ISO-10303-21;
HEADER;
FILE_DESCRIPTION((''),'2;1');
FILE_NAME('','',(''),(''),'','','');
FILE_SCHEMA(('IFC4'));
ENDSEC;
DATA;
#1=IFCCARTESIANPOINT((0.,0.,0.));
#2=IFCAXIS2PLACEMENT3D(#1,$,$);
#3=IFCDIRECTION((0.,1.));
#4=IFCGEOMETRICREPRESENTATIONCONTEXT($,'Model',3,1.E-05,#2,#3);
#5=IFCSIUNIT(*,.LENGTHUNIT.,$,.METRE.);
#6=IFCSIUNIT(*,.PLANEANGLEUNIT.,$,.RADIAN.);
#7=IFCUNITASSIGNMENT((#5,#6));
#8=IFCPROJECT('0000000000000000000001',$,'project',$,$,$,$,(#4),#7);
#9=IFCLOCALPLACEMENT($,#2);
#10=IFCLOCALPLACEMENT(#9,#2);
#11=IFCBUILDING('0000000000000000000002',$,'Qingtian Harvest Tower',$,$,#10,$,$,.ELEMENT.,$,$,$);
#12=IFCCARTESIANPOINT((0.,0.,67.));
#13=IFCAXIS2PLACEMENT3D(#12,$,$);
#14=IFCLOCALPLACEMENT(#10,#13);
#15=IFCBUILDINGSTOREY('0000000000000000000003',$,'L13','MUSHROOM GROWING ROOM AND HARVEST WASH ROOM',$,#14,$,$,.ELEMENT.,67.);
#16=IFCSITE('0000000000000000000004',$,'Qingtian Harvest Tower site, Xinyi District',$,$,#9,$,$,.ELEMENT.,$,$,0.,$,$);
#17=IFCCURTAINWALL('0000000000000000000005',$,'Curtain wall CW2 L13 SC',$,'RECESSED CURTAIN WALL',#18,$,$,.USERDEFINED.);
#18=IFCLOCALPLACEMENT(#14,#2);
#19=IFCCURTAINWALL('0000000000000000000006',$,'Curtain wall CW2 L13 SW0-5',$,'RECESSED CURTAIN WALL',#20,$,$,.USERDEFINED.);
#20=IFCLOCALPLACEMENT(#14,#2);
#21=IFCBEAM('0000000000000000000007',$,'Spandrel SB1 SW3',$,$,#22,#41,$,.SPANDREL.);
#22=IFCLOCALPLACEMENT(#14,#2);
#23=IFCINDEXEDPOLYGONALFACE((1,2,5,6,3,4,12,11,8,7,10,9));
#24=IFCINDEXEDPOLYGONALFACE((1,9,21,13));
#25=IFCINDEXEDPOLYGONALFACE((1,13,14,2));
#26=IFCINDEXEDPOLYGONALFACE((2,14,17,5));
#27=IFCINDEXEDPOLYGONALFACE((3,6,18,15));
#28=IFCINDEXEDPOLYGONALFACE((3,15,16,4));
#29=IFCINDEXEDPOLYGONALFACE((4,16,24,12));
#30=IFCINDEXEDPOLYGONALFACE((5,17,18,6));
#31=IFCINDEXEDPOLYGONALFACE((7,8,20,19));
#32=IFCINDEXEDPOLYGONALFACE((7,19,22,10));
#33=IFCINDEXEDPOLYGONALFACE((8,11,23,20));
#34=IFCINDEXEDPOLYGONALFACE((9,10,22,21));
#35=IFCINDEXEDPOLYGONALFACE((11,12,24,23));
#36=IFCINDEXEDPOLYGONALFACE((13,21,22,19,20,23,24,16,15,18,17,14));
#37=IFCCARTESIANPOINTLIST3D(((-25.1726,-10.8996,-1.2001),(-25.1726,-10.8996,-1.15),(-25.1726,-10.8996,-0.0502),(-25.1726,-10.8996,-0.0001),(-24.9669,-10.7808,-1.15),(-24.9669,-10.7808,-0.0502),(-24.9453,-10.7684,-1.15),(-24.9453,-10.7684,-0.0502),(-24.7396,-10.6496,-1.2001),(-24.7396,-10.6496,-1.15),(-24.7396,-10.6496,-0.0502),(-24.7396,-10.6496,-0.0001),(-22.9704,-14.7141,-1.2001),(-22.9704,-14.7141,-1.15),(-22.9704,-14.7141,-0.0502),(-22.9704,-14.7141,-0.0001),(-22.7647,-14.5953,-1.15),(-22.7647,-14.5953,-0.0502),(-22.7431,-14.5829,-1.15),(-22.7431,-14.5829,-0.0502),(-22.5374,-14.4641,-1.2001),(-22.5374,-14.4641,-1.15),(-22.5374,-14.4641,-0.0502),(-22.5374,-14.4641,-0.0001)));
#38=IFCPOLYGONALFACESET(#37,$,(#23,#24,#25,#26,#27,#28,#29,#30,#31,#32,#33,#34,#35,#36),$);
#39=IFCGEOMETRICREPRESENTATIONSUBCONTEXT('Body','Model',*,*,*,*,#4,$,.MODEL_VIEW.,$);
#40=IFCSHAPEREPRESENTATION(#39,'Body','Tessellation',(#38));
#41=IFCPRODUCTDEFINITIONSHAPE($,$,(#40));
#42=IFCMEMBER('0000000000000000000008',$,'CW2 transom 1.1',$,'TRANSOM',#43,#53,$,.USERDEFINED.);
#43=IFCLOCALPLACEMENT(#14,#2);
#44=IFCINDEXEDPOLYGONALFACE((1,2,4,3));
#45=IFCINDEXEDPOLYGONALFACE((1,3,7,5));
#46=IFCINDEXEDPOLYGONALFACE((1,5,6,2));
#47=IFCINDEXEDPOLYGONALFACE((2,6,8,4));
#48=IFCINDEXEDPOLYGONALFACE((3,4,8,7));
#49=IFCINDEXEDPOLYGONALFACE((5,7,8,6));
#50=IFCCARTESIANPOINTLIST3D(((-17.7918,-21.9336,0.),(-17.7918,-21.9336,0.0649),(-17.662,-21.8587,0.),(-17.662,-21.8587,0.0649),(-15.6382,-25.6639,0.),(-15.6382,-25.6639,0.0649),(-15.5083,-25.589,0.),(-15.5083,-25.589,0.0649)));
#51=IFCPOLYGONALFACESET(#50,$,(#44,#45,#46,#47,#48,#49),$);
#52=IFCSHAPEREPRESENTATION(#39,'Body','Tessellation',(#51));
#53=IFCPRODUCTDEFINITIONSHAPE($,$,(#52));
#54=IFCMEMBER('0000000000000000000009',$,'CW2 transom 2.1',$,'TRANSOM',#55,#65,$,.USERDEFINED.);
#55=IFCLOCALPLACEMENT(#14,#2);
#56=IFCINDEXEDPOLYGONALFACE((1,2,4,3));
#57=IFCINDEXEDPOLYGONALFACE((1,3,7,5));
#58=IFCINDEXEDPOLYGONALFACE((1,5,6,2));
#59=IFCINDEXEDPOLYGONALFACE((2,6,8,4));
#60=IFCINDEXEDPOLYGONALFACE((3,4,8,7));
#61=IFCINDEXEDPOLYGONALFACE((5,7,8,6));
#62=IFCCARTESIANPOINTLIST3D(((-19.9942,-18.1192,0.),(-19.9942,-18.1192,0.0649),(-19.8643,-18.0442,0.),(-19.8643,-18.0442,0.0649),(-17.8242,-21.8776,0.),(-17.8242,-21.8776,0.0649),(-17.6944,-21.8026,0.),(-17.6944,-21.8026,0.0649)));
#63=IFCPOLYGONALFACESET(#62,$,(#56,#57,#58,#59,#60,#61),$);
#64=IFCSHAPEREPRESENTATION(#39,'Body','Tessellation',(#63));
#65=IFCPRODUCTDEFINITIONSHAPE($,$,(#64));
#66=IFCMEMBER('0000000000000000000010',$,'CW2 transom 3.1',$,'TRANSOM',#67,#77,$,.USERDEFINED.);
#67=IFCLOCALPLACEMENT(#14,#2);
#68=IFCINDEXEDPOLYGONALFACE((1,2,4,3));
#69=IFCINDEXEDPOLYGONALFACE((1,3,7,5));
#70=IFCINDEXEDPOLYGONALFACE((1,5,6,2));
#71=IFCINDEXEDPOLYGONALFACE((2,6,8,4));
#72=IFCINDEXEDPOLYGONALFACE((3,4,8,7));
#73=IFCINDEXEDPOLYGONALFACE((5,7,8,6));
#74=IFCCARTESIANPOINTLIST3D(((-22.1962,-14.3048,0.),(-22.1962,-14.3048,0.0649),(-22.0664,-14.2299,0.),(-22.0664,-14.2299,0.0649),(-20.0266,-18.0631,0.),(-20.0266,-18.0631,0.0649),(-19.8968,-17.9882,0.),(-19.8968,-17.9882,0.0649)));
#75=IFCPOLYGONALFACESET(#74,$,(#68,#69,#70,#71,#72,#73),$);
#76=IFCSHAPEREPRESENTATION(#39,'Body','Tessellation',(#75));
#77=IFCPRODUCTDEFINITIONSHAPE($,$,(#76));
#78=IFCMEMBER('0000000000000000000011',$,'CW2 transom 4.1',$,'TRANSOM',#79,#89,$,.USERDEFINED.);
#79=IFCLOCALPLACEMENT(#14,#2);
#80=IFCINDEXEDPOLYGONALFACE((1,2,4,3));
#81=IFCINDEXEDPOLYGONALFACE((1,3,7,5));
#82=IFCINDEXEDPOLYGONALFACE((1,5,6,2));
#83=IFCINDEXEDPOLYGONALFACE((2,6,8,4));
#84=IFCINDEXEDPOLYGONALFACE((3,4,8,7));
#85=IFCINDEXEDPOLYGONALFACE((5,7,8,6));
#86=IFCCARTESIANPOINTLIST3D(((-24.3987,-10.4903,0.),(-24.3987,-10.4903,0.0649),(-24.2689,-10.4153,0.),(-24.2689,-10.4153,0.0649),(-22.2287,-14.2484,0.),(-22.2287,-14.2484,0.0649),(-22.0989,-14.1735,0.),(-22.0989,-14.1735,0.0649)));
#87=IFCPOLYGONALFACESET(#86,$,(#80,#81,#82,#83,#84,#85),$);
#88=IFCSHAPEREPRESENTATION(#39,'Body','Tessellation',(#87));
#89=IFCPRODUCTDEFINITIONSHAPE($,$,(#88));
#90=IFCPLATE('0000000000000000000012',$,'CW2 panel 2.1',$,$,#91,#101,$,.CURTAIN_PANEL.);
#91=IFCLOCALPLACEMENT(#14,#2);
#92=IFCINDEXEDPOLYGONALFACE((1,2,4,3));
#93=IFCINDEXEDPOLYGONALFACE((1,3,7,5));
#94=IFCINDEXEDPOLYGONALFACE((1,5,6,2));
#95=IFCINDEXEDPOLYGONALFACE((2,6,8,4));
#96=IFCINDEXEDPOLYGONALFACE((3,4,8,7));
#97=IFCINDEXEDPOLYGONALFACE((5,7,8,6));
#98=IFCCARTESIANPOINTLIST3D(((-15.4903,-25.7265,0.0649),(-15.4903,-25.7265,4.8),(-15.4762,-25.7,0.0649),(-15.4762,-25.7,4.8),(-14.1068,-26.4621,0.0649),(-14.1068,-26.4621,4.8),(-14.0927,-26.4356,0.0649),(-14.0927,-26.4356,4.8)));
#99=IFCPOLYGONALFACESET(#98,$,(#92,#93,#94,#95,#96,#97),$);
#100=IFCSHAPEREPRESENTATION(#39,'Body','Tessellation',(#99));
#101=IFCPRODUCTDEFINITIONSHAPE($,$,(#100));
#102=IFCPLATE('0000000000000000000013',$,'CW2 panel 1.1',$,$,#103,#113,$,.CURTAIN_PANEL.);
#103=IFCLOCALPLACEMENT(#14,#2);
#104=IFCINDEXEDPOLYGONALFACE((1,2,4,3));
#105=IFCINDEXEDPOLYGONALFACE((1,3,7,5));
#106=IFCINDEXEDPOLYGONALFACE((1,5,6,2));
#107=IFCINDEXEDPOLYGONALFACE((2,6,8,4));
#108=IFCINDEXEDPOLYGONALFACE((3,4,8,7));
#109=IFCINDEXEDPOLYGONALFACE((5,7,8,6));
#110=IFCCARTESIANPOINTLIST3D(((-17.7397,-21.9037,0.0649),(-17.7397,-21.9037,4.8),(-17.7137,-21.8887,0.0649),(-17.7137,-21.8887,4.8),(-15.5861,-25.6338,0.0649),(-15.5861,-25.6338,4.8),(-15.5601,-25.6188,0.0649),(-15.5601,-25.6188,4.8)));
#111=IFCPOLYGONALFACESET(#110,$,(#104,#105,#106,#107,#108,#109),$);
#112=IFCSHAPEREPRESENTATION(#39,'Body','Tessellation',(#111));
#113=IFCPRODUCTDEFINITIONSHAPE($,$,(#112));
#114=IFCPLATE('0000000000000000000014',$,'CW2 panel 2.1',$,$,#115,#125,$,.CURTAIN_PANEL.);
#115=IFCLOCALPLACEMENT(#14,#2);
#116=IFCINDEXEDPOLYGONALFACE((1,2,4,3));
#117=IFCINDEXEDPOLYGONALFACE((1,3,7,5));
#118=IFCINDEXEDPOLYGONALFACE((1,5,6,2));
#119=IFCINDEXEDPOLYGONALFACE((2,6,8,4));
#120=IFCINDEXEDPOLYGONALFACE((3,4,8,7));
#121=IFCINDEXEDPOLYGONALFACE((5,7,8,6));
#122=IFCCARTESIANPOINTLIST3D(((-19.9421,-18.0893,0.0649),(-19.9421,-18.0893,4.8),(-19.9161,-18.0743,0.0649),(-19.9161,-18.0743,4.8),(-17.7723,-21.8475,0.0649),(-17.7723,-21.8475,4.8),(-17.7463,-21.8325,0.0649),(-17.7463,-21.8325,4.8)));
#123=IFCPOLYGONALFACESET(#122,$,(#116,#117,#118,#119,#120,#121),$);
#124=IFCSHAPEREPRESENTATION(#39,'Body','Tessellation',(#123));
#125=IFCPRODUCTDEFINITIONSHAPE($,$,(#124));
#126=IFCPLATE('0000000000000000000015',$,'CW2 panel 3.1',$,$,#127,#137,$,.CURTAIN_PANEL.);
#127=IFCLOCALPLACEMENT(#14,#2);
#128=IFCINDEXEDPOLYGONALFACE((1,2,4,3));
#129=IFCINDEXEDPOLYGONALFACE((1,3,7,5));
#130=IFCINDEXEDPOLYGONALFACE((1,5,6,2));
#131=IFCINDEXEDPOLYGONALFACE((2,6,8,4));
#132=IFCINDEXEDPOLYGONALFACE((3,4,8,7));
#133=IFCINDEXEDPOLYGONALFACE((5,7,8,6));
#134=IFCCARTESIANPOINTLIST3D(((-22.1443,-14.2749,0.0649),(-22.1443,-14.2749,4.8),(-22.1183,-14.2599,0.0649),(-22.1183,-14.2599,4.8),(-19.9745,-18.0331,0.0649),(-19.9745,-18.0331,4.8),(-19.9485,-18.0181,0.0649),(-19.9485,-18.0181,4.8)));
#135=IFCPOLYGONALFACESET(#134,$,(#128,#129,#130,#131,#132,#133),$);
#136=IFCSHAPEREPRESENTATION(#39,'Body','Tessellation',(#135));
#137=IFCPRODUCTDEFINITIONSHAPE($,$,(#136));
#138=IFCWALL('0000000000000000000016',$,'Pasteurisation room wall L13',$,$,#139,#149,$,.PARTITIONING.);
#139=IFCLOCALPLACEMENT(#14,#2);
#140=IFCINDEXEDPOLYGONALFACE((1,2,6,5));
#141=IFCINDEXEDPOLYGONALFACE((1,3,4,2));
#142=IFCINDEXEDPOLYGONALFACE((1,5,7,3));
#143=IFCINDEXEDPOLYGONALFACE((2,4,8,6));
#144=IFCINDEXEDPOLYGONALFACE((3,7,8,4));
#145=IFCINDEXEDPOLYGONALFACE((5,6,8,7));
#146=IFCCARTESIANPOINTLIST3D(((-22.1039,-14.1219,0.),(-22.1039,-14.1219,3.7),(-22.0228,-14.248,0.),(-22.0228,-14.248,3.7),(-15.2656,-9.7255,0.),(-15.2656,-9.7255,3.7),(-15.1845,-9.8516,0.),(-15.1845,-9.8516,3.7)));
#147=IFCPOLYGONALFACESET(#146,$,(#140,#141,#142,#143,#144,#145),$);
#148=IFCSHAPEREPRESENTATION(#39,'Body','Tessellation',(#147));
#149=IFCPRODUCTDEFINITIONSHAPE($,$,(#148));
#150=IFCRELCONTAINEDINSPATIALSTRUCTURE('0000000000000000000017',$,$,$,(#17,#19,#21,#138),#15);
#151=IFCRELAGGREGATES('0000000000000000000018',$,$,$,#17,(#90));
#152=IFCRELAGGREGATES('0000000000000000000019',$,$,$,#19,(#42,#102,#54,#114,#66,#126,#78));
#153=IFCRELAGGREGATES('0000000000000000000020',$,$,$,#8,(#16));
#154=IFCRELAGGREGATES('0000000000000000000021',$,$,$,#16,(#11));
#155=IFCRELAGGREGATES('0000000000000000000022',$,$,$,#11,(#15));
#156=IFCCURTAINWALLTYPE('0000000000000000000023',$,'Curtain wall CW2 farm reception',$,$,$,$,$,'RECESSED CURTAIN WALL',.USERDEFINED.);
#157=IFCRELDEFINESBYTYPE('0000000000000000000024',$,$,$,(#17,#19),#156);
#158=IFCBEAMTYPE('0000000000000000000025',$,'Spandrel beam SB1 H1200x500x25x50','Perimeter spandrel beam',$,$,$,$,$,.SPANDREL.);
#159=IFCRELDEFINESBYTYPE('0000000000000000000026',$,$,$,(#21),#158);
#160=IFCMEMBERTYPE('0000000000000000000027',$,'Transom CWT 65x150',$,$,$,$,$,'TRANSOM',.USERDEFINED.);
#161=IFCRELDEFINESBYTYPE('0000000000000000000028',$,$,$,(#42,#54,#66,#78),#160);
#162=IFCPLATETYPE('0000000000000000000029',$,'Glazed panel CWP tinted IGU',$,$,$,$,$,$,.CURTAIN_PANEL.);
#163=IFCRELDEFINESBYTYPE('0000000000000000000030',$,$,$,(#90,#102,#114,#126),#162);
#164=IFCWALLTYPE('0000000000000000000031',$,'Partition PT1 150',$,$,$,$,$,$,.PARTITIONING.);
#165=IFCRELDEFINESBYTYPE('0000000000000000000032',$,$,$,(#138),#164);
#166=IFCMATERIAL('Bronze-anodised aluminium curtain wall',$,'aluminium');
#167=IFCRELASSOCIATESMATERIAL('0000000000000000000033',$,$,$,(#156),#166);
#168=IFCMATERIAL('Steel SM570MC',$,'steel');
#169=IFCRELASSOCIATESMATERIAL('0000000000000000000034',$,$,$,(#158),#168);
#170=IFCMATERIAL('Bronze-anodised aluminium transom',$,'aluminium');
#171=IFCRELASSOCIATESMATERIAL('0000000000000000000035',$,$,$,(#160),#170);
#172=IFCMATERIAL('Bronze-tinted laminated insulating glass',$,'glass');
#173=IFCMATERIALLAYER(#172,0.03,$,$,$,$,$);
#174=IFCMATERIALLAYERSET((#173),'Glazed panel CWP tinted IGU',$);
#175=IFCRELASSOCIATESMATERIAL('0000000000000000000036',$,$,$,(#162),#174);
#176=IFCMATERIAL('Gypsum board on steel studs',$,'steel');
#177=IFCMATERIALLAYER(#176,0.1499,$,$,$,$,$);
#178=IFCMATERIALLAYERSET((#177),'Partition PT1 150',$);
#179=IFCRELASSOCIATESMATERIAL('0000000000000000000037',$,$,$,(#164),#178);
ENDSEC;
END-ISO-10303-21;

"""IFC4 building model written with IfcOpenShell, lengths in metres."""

from ifc_helpers import new_model, si_unit, direction, frame, frame_2d, origin, origin_2d, place, context, subcontext, project, spatial, rectangle, i_section, extrude, material, layer, layer_set, material_profile, profile_set, type_object, element, aggregate, save


model = new_model("IFC4")

# Units and contexts
model_context = context("Model", 3, precision=1e-05, world=origin(), true_north=direction((0.0, 1.0)))
body_context = subcontext(model_context, "Body", "Model", "MODEL_VIEW")
ifc_project = project(units=[si_unit("LENGTHUNIT", "METRE"), si_unit("PLANEANGLEUNIT", "RADIAN")], contexts=[model_context])

# Site, building, storey
site_placement = place(None, origin())
site = spatial("IfcSite", under=ifc_project, at=site_placement, Name="Qingtian Harvest Tower site, Xinyi District", CompositionType="ELEMENT", RefElevation=0.0)
building_placement = place(site_placement, origin())
building = spatial("IfcBuilding", under=site, at=building_placement, Name="Qingtian Harvest Tower", CompositionType="ELEMENT")
storey_placement = place(building_placement, frame((0.0, 0.0, 67.0)))
storey = spatial("IfcBuildingStorey", under=building, at=storey_placement, Name="L13", Description="MUSHROOM GROWING ROOM AND HARVEST WASH ROOM", CompositionType="ELEMENT", Elevation=67.0)

# Curtain wall
ifc_material_1 = material(Name="Bronze-anodised aluminium curtain wall", Category="aluminium")
curtain_wall_type = type_object("IfcCurtainWallType", Name="Curtain wall CW2 farm reception", ElementType="RECESSED CURTAIN WALL", PredefinedType="USERDEFINED", material=ifc_material_1)
curtain_wall_1_placement = place(storey_placement, origin())
curtain_wall_1 = element("IfcCurtainWall", 1, at=curtain_wall_1_placement, inside=storey, type_object=curtain_wall_type, Name="Curtain wall CW2 L13 SC", ObjectType="RECESSED CURTAIN WALL", PredefinedType="USERDEFINED")

# Curtain wall
curtain_wall_2_placement = place(storey_placement, origin())
curtain_wall_2 = element("IfcCurtainWall", 2, at=curtain_wall_2_placement, inside=storey, type_object=curtain_wall_type, Name="Curtain wall CW2 L13 SW0-5", ObjectType="RECESSED CURTAIN WALL", PredefinedType="USERDEFINED")

# Beam
ifc_material_2 = material(Name="Steel SM570MC", Category="steel")
ifc_material_profile_1 = material_profile(ifc_material_2, i_section(OverallWidth=0.5, OverallDepth=1.2, WebThickness=0.0249, FlangeThickness=0.05, at=origin_2d()), Name="H1200x500x25x50")
ifc_profile_set_1 = profile_set([ifc_material_profile_1], Name="Steel SM570MC")
beam_type_1 = type_object("IfcBeamType", Name="Spandrel beam SB1 H1200x500x25x50", Description="Perimeter spandrel beam", PredefinedType="SPANDREL", material=ifc_profile_set_1)
for number, where, z_axis, x_axis, name in (
    (3, (-22.7539, -14.5891, -0.6001), (-0.499978, 0.866038, 0.0), (-0.866038, -0.499978, 0.0), "Spandrel SB1 SW3"),
):
    element("IfcBeam", number, at=place(storey_placement, frame(where, z_axis=z_axis, x_axis=x_axis)), inside=storey, type_object=beam_type_1, Name=name, PredefinedType="SPANDREL", context=body_context, shape_type="SweptSolid", body=[
        extrude(i_section(OverallWidth=0.5, OverallDepth=1.2, WebThickness=0.0249, FlangeThickness=0.05, at=origin_2d()), origin(), (0.0, 0.0, 1.0), 4.4045),
    ])

# Members
ifc_material_3 = material(Name="Bronze-anodised aluminium transom", Category="aluminium")
ifc_material_profile_2 = material_profile(ifc_material_3, rectangle(XDim=0.1499, YDim=0.0649, at=origin_2d()), Name="AL 65x150")
ifc_profile_set_2 = profile_set([ifc_material_profile_2], Name="Bronze-anodised aluminium transom")
member_type_1 = type_object("IfcMemberType", Name="Transom CWT 65x150", ElementType="TRANSOM", PredefinedType="USERDEFINED", material=ifc_profile_set_2)
member_1_placement = place(storey_placement, frame((-15.5732, -25.6265, 0.0325), z_axis=(-0.499986, 0.866034, 0.0), x_axis=(-0.866034, -0.499986, 0.0)))
member_1 = element("IfcMember", 4, at=member_1_placement, type_object=member_type_1, Name="CW2 transom 1.1", ObjectType="TRANSOM", PredefinedType="USERDEFINED", context=body_context, shape_type="SweptSolid", body=[
    extrude(rectangle(XDim=0.1499, YDim=0.0649, at=origin_2d()), origin(), (0.0, 0.0, 1.0), 4.3074),
])
member_2_placement = place(storey_placement, frame((-17.7593, -21.8401, 0.0325), z_axis=(-0.500011, 0.866019, 0.0), x_axis=(-0.866019, -0.500011, 0.0)))
member_2 = element("IfcMember", 5, at=member_2_placement, type_object=member_type_1, Name="CW2 transom 2.1", ObjectType="TRANSOM", PredefinedType="USERDEFINED", context=body_context, shape_type="SweptSolid", body=[
    extrude(rectangle(XDim=0.1499, YDim=0.0649, at=origin_2d()), origin(), (0.0, 0.0, 1.0), 4.3398),
])
member_3_placement = place(storey_placement, frame((-19.9617, -18.0256, 0.0325), z_axis=(-0.499969, 0.866043, 0.0), x_axis=(-0.866043, -0.499969, 0.0)))
member_3 = element("IfcMember", 6, at=member_3_placement, type_object=member_type_1, Name="CW2 transom 3.1", ObjectType="TRANSOM", PredefinedType="USERDEFINED", context=body_context, shape_type="SweptSolid", body=[
    extrude(rectangle(XDim=0.1499, YDim=0.0649, at=origin_2d()), origin(), (0.0, 0.0, 1.0), 4.3396),
])
member_4_placement = place(storey_placement, frame((-22.1638, -14.2109, 0.0325), z_axis=(-0.500036, 0.866005, 0.0), x_axis=(-0.866005, -0.500036, 0.0)))
member_4 = element("IfcMember", 7, at=member_4_placement, type_object=member_type_1, Name="CW2 transom 4.1", ObjectType="TRANSOM", PredefinedType="USERDEFINED", context=body_context, shape_type="SweptSolid", body=[
    extrude(rectangle(XDim=0.1499, YDim=0.0649, at=origin_2d()), origin(), (0.0, 0.0, 1.0), 4.3396),
])

# Plates
ifc_material_4 = material(Name="Bronze-tinted laminated insulating glass", Category="glass")
ifc_layer_1 = layer(ifc_material_4, 0.03)
ifc_layer_set_1 = layer_set([ifc_layer_1], Name="Glazed panel CWP tinted IGU")
plate_type = type_object("IfcPlateType", Name="Glazed panel CWP tinted IGU", PredefinedType="CURTAIN_PANEL", material=ifc_layer_set_1)
plate_1_placement = place(storey_placement, frame((-14.7915, -26.0811, 0.0649), z_axis=(0.0, 0.0, 1.0), x_axis=(-0.882948, 0.469472, 0.0)))
plate_1 = element("IfcPlate", 8, at=plate_1_placement, type_object=plate_type, Name="CW2 panel 2.1", PredefinedType="CURTAIN_PANEL", context=body_context, shape_type="SweptSolid", body=[
    extrude(rectangle(XDim=1.5669, YDim=0.03, at=origin_2d()), origin(), (0.0, 0.0, 1.0), 4.7351),
])
aggregate(curtain_wall_1, [plate_1])
plate_2_placement = place(storey_placement, frame((-16.6499, -23.7612, 0.0649), z_axis=(0.0, 0.0, 1.0), x_axis=(-0.5, 0.866025, 0.0)))
plate_2 = element("IfcPlate", 9, at=plate_2_placement, type_object=plate_type, Name="CW2 panel 1.1", PredefinedType="CURTAIN_PANEL", context=body_context, shape_type="SweptSolid", body=[
    extrude(rectangle(XDim=4.3071, YDim=0.03, at=origin_2d()), origin(), (0.0, 0.0, 1.0), 4.7351),
])
plate_3_placement = place(storey_placement, frame((-18.8442, -19.9609, 0.0649), z_axis=(0.0, 0.0, 1.0), x_axis=(-0.5, 0.866025, 0.0)))
plate_3 = element("IfcPlate", 10, at=plate_3_placement, type_object=plate_type, Name="CW2 panel 2.1", PredefinedType="CURTAIN_PANEL", context=body_context, shape_type="SweptSolid", body=[
    extrude(rectangle(XDim=4.3396, YDim=0.03, at=origin_2d()), origin(), (0.0, 0.0, 1.0), 4.7351),
])
plate_4_placement = place(storey_placement, frame((-21.0464, -16.1465, 0.0649), z_axis=(0.0, 0.0, 1.0), x_axis=(-0.5, 0.866025, 0.0)))
plate_4 = element("IfcPlate", 11, at=plate_4_placement, type_object=plate_type, Name="CW2 panel 3.1", PredefinedType="CURTAIN_PANEL", context=body_context, shape_type="SweptSolid", body=[
    extrude(rectangle(XDim=4.3396, YDim=0.03, at=origin_2d()), origin(), (0.0, 0.0, 1.0), 4.7351),
])
aggregate(curtain_wall_2, [member_1, plate_2, member_2, plate_3, member_3, plate_4, member_4])

# Wall
ifc_material_5 = material(Name="Gypsum board on steel studs", Category="steel")
ifc_layer_2 = layer(ifc_material_5, 0.1499)
ifc_layer_set_2 = layer_set([ifc_layer_2], Name="Partition PT1 150")
wall_type = type_object("IfcWallType", Name="Partition PT1 150", PredefinedType="PARTITIONING", material=ifc_layer_set_2)
wall_placement = place(storey_placement, frame((-22.0635, -14.1851, 0.0), z_axis=(0.0, 0.0, 1.0), x_axis=(0.841157, 0.540791, 0.0)))
element("IfcWall", 12, at=wall_placement, inside=storey, type_object=wall_type, Name="Pasteurisation room wall L13", PredefinedType="PARTITIONING", context=body_context, shape_type="SweptSolid", body=[
    extrude(rectangle(XDim=8.1296, YDim=0.1499, at=frame_2d((4.0649, 0.0))), origin(), (0.0, 0.0, 1.0), 3.7),
])

save(model, "model.ifc")
